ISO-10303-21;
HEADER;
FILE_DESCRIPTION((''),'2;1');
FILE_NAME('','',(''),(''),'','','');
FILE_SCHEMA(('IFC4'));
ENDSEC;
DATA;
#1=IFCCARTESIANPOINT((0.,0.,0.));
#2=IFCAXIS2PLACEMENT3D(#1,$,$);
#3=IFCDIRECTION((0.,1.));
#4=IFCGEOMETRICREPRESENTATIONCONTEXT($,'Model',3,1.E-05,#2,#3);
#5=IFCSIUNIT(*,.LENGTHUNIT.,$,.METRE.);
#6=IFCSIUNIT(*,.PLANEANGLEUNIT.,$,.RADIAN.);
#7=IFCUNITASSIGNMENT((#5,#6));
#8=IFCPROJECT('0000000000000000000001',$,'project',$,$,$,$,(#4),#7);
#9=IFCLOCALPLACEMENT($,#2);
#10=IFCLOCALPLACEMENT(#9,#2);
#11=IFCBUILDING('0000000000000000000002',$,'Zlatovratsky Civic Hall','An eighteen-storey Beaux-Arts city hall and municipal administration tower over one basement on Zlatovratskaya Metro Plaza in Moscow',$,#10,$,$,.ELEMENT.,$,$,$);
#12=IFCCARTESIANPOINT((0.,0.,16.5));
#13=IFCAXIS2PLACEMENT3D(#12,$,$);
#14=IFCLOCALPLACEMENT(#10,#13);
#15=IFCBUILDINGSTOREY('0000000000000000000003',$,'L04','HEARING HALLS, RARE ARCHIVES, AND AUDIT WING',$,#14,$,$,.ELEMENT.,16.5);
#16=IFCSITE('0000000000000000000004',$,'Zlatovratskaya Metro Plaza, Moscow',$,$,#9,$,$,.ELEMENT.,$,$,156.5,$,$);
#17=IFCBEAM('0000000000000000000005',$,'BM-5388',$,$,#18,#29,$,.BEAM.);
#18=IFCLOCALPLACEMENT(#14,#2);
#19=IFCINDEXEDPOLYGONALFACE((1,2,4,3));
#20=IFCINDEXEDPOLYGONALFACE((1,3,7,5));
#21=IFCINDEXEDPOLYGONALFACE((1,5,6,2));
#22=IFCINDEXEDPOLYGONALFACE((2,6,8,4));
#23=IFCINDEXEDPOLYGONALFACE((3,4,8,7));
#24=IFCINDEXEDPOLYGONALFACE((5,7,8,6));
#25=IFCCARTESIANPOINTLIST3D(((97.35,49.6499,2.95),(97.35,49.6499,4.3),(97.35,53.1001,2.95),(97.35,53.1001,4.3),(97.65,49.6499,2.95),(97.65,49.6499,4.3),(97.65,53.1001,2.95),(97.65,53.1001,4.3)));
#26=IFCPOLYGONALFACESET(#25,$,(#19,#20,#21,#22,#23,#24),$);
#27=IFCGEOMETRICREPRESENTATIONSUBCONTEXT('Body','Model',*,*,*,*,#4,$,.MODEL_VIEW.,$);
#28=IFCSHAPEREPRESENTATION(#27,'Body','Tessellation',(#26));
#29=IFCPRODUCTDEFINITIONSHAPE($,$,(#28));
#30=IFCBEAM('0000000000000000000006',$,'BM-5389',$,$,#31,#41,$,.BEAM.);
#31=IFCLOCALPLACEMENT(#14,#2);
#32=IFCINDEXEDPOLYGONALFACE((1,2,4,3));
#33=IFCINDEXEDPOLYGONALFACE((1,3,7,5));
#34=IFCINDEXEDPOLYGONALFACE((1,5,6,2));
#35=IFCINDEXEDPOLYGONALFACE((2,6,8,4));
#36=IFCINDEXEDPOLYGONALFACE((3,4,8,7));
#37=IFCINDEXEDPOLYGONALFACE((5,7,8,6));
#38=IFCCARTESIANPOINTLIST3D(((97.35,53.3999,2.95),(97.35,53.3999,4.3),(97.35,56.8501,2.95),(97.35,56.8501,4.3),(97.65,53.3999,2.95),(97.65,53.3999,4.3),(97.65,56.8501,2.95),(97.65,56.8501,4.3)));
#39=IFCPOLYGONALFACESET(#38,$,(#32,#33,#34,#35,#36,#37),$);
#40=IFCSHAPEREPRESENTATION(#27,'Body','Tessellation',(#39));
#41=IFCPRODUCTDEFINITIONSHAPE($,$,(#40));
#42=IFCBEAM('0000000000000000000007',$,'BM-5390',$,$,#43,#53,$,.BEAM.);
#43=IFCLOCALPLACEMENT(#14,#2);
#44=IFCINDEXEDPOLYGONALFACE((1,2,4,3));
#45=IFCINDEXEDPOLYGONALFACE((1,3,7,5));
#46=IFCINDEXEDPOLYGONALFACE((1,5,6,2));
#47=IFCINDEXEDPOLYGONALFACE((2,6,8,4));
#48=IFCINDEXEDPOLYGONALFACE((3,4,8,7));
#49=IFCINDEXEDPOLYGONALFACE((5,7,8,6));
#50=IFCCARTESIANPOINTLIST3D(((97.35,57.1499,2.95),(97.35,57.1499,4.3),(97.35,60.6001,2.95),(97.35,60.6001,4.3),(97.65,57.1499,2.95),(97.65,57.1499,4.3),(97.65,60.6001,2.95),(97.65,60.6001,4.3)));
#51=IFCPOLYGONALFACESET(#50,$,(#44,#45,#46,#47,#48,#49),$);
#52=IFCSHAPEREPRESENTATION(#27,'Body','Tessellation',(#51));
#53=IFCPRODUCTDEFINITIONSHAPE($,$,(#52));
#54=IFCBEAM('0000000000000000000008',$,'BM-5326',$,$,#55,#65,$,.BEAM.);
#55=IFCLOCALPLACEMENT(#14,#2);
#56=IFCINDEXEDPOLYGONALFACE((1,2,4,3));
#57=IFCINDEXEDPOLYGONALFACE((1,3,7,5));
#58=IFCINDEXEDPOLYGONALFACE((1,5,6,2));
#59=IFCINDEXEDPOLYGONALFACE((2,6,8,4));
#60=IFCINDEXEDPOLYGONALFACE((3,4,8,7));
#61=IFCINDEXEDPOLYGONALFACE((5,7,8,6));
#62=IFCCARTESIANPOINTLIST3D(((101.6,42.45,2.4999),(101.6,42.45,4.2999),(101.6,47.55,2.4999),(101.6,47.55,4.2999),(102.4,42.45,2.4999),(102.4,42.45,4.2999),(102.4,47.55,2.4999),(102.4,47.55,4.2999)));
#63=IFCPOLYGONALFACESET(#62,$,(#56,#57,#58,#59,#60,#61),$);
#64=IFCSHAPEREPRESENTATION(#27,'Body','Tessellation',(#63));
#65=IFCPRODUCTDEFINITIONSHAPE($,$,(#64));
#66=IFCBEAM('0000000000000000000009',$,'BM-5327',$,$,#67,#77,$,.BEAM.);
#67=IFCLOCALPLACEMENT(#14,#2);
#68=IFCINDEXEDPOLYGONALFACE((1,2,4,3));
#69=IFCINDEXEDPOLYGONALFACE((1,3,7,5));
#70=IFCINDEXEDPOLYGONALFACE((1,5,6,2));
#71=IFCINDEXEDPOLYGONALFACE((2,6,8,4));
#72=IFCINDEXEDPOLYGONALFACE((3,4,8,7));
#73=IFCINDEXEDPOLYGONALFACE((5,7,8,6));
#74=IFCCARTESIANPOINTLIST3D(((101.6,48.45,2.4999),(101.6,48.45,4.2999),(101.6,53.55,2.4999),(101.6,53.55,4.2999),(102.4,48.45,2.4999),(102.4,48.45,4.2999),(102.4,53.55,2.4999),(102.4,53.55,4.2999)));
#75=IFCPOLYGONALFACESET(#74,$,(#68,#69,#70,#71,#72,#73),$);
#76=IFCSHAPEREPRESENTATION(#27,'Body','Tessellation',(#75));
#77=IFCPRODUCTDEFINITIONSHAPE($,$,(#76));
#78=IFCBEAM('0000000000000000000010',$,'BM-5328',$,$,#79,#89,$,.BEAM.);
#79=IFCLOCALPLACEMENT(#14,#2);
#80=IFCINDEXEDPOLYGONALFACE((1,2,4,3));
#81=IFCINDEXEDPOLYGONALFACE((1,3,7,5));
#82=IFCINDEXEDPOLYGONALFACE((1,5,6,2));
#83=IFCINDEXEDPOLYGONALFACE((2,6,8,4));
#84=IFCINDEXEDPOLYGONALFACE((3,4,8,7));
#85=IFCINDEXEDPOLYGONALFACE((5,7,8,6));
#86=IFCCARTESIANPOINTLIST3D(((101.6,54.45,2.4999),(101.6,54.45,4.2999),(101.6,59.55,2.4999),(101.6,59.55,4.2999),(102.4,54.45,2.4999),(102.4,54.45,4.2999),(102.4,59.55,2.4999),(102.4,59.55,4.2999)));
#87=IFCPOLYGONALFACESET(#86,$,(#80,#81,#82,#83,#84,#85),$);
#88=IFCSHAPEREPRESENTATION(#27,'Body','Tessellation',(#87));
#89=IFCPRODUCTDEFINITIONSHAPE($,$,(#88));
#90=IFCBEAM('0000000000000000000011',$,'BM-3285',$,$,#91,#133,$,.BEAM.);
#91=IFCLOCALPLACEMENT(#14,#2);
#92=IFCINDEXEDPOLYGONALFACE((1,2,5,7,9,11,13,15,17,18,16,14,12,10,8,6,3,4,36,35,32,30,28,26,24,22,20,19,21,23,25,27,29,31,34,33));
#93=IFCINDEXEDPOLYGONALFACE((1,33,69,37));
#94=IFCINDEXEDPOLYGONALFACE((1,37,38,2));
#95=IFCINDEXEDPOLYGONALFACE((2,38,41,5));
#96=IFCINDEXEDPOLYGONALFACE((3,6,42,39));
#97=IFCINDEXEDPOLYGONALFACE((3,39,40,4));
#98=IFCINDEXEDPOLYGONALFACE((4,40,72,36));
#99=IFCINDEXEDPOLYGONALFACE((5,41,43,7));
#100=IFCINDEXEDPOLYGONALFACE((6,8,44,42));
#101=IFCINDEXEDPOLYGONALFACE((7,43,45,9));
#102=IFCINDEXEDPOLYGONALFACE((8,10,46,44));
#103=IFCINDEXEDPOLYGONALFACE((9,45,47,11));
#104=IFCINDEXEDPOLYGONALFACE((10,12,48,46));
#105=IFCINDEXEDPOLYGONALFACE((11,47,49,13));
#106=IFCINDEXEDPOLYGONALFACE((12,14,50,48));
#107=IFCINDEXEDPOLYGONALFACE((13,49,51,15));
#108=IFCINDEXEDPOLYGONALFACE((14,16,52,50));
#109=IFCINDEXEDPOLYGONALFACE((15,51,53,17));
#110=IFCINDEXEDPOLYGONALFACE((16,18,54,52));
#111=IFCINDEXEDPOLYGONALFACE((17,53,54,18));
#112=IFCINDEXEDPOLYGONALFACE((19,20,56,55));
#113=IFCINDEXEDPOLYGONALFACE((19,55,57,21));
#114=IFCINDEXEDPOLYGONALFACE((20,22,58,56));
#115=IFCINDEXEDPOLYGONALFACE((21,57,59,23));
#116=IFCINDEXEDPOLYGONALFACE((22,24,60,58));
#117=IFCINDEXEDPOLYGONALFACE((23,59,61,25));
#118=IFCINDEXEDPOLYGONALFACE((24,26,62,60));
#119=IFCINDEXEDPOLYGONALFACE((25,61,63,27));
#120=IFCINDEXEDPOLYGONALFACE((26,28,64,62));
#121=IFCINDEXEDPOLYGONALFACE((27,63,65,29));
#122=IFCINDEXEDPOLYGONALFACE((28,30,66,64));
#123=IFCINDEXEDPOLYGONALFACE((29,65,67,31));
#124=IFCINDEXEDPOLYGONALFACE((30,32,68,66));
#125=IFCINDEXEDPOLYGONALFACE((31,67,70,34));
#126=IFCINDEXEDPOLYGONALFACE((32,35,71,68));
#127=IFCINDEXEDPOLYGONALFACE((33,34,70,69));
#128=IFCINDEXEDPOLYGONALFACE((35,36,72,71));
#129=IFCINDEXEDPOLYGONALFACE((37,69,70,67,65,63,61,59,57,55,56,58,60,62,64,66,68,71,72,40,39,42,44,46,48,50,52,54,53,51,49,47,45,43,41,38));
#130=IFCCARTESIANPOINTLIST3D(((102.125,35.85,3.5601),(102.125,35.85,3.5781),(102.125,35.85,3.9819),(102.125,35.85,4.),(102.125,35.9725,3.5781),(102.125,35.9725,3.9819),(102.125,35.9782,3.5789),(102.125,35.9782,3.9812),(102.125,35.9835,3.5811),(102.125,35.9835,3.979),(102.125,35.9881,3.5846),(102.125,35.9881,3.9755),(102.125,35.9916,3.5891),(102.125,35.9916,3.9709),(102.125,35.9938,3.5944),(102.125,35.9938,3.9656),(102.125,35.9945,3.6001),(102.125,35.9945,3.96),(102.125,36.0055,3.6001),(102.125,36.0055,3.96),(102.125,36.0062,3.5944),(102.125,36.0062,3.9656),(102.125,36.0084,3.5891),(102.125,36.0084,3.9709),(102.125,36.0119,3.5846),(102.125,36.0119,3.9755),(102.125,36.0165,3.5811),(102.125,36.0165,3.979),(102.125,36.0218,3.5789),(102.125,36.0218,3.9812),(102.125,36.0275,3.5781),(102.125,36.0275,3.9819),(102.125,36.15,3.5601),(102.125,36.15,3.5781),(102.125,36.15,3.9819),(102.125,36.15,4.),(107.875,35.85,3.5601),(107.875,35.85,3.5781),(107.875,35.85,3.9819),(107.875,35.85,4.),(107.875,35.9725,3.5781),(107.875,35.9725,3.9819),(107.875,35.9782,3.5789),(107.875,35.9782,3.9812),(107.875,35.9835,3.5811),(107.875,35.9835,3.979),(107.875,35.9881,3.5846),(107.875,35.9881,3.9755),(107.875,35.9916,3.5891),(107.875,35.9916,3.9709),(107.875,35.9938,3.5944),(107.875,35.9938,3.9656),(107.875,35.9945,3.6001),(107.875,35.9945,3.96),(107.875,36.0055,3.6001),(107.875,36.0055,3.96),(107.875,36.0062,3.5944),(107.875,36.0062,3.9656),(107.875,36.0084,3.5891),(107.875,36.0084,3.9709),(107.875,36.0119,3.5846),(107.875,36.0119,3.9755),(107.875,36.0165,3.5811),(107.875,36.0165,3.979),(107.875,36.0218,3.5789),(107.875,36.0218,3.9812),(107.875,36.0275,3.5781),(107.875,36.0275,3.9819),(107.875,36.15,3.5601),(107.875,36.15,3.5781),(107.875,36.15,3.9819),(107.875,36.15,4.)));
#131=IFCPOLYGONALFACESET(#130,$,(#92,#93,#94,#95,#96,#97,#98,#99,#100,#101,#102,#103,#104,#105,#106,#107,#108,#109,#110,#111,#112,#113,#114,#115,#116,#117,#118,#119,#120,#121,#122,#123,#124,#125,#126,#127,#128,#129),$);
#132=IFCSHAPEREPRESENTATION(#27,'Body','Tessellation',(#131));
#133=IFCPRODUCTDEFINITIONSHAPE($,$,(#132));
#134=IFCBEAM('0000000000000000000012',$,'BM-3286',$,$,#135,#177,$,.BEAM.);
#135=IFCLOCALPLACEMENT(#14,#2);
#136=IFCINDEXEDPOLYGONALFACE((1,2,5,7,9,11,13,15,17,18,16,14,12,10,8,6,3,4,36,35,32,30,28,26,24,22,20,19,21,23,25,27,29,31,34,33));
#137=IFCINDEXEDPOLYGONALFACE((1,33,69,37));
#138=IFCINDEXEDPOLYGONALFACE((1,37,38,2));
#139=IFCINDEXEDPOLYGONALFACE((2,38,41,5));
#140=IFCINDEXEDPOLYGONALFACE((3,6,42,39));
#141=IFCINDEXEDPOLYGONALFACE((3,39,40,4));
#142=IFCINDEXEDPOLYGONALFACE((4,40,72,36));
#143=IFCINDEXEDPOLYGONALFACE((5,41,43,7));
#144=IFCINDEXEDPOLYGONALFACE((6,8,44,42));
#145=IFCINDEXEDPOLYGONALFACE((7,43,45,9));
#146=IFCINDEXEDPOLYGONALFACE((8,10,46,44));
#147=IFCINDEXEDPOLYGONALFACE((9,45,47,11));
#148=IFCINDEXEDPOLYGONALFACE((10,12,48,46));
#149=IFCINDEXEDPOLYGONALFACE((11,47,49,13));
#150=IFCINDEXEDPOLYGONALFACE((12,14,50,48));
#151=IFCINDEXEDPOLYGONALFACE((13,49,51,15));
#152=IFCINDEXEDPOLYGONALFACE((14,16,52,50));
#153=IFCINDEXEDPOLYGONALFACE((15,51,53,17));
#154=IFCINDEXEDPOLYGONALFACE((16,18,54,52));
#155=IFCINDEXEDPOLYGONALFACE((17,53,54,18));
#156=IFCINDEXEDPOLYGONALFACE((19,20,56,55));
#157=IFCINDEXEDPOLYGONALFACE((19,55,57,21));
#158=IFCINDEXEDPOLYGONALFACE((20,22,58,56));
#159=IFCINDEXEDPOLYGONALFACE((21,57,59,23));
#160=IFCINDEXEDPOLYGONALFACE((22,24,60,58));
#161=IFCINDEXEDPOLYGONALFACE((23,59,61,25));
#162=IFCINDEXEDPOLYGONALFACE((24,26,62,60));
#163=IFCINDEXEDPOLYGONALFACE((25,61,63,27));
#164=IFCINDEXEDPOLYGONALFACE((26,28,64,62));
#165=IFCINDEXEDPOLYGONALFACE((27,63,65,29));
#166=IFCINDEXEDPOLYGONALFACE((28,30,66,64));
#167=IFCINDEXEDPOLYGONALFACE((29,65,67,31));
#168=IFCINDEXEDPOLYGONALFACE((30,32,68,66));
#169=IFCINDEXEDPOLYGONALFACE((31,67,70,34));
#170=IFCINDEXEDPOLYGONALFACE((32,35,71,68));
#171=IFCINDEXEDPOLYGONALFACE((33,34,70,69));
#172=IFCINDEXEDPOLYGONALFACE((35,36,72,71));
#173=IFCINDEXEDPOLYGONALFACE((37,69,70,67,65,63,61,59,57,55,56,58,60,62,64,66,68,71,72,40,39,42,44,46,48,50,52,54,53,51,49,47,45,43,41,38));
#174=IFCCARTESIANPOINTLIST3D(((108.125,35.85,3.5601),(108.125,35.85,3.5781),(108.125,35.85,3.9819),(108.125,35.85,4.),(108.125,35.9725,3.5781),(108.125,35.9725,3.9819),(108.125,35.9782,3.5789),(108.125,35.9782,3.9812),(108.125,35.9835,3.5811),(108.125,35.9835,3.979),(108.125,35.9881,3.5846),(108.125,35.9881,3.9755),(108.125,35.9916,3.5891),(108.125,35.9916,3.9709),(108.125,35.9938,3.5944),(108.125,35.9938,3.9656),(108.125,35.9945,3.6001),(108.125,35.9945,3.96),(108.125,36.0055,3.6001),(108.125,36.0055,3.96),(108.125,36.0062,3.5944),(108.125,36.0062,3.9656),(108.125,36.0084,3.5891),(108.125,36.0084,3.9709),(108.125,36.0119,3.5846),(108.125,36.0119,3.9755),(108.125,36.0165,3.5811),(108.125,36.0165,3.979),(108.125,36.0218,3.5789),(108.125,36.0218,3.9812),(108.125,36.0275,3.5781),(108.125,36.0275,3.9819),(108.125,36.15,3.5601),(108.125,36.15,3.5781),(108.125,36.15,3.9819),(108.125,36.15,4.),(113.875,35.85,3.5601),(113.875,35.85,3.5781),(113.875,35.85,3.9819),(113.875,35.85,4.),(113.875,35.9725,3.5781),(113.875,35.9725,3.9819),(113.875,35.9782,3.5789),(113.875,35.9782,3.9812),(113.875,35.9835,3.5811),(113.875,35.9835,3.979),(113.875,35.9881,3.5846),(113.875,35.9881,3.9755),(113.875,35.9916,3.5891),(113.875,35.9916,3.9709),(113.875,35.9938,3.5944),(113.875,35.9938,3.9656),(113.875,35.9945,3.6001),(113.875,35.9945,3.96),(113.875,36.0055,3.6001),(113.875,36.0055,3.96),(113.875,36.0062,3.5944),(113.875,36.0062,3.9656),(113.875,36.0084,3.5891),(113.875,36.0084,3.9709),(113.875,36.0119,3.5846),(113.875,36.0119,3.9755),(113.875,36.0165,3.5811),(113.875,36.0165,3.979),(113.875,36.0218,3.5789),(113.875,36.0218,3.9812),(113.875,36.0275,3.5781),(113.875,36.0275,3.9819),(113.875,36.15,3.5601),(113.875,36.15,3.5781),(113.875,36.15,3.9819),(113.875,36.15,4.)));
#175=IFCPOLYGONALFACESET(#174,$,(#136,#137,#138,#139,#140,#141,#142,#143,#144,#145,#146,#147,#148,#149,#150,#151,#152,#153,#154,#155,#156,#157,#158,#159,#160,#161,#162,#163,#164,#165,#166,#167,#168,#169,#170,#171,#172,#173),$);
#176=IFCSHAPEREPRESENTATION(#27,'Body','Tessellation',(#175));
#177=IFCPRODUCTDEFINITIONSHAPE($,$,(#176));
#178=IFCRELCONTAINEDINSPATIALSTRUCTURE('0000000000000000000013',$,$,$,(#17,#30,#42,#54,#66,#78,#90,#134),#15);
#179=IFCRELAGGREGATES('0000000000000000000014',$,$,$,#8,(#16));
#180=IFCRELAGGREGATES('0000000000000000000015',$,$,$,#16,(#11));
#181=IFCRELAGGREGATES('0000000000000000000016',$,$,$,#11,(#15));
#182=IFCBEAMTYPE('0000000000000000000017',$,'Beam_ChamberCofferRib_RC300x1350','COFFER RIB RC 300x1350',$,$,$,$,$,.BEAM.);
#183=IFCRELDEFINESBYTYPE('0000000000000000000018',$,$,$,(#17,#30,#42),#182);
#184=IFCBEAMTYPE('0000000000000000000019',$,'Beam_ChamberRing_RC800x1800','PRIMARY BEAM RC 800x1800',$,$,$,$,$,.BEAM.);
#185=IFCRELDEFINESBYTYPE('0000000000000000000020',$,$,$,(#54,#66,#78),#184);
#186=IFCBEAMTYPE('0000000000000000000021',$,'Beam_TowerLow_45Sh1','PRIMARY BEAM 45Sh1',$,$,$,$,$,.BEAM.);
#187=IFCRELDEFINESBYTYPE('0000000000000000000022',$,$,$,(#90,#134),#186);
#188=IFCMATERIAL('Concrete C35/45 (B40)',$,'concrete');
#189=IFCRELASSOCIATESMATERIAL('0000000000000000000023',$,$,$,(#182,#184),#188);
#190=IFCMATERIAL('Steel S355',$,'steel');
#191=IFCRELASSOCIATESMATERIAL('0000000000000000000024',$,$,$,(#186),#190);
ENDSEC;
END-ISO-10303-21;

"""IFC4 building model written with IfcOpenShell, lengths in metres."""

from ifc_helpers import new_model, si_unit, direction, frame, origin, origin_2d, place, context, subcontext, project, spatial, rectangle, i_section, extrude, material, material_profile, profile_set, type_object, element, save


model = new_model("IFC4")

# Units and contexts
model_context = context("Model", 3, precision=1e-05, world=origin(), true_north=direction((0.0, 1.0)))
body_context = subcontext(model_context, "Body", "Model", "MODEL_VIEW")
ifc_project = project(units=[si_unit("LENGTHUNIT", "METRE"), si_unit("PLANEANGLEUNIT", "RADIAN")], contexts=[model_context])

# Site, building, storey
site_placement = place(None, origin())
site = spatial("IfcSite", under=ifc_project, at=site_placement, Name="Zlatovratskaya Metro Plaza, Moscow", CompositionType="ELEMENT", RefElevation=156.5)
building_placement = place(site_placement, origin())
building = spatial("IfcBuilding", under=site, at=building_placement, Name="Zlatovratsky Civic Hall", Description="An eighteen-storey Beaux-Arts city hall and municipal administration tower over one basement on Zlatovratskaya Metro Plaza in Moscow", CompositionType="ELEMENT")
storey_placement = place(building_placement, frame((0.0, 0.0, 16.5)))
storey = spatial("IfcBuildingStorey", under=building, at=storey_placement, Name="L04", Description="HEARING HALLS, RARE ARCHIVES, AND AUDIT WING", CompositionType="ELEMENT", Elevation=16.5)

# Shared definitions
ifc_material_1 = material(Name="Concrete C35/45 (B40)", Category="concrete")
ifc_material_2 = material(Name="Steel S355", Category="steel")

# Beams
ifc_material_profile_1 = material_profile(ifc_material_1, rectangle(XDim=0.3, YDim=1.3501, at=origin_2d()), Name="RC 300x1350")
ifc_profile_set_1 = profile_set([ifc_material_profile_1], Name="Concrete C35/45 (B40)")
beam_type_1 = type_object("IfcBeamType", Name="Beam_ChamberCofferRib_RC300x1350", Description="COFFER RIB RC 300x1350", PredefinedType="BEAM", material=ifc_profile_set_1)
for number, where, z_axis, x_axis, name in (
    (1, (97.5, 49.6499, 3.625), (0.0, 1.0, 0.0), (-1.0, 0.0, 0.0), "BM-5388"),
    (2, (97.5, 53.3999, 3.625), (0.0, 1.0, 0.0), (-1.0, 0.0, 0.0), "BM-5389"),
    (3, (97.5, 57.1499, 3.625), (0.0, 1.0, 0.0), (-1.0, 0.0, 0.0), "BM-5390"),
):
    element("IfcBeam", number, at=place(storey_placement, frame(where, z_axis=z_axis, x_axis=x_axis)), inside=storey, type_object=beam_type_1, Name=name, PredefinedType="BEAM", context=body_context, shape_type="SweptSolid", body=[
        extrude(rectangle(XDim=0.3, YDim=1.3501, at=origin_2d()), origin(), (0.0, 0.0, 1.0), 3.4502),
    ])
ifc_material_profile_2 = material_profile(ifc_material_1, rectangle(XDim=0.8, YDim=1.8, at=origin_2d()), Name="RC 800x1800")
ifc_profile_set_2 = profile_set([ifc_material_profile_2], Name="Concrete C35/45 (B40)")
beam_type_2 = type_object("IfcBeamType", Name="Beam_ChamberRing_RC800x1800", Description="PRIMARY BEAM RC 800x1800", PredefinedType="BEAM", material=ifc_profile_set_2)
for number, where, z_axis, x_axis, name in (
    (4, (102.0, 42.45, 3.3999), (0.0, 1.0, 0.0), (-1.0, 0.0, 0.0), "BM-5326"),
    (5, (102.0, 48.45, 3.3999), (0.0, 1.0, 0.0), (-1.0, 0.0, 0.0), "BM-5327"),
    (6, (102.0, 54.45, 3.3999), (0.0, 1.0, 0.0), (-1.0, 0.0, 0.0), "BM-5328"),
):
    element("IfcBeam", number, at=place(storey_placement, frame(where, z_axis=z_axis, x_axis=x_axis)), inside=storey, type_object=beam_type_2, Name=name, PredefinedType="BEAM", context=body_context, shape_type="SweptSolid", body=[
        extrude(rectangle(XDim=0.8, YDim=1.8, at=origin_2d()), origin(), (0.0, 0.0, 1.0), 5.1001),
    ])
ifc_material_profile_3 = material_profile(ifc_material_2, i_section(OverallWidth=0.3, OverallDepth=0.4399, WebThickness=0.011, FlangeThickness=0.0181, FilletRadius=0.022, at=origin_2d()), Name="45Sh1")
ifc_profile_set_3 = profile_set([ifc_material_profile_3], Name="Steel S355")
beam_type_3 = type_object("IfcBeamType", Name="Beam_TowerLow_45Sh1", Description="PRIMARY BEAM 45Sh1", PredefinedType="BEAM", material=ifc_profile_set_3)
for number, where, z_axis, x_axis, name in (
    (7, (102.125, 36.0, 3.78), (1.0, 0.0, 0.0), (0.0, 1.0, 0.0), "BM-3285"),
    (8, (108.125, 36.0, 3.78), (1.0, 0.0, 0.0), (0.0, 1.0, 0.0), "BM-3286"),
):
    element("IfcBeam", number, at=place(storey_placement, frame(where, z_axis=z_axis, x_axis=x_axis)), inside=storey, type_object=beam_type_3, Name=name, PredefinedType="BEAM", context=body_context, shape_type="SweptSolid", body=[
        extrude(i_section(OverallWidth=0.3, OverallDepth=0.4399, WebThickness=0.011, FlangeThickness=0.0181, FilletRadius=0.022, at=origin_2d()), origin(), (0.0, 0.0, 1.0), 5.75),
    ])

save(model, "model.ifc")
